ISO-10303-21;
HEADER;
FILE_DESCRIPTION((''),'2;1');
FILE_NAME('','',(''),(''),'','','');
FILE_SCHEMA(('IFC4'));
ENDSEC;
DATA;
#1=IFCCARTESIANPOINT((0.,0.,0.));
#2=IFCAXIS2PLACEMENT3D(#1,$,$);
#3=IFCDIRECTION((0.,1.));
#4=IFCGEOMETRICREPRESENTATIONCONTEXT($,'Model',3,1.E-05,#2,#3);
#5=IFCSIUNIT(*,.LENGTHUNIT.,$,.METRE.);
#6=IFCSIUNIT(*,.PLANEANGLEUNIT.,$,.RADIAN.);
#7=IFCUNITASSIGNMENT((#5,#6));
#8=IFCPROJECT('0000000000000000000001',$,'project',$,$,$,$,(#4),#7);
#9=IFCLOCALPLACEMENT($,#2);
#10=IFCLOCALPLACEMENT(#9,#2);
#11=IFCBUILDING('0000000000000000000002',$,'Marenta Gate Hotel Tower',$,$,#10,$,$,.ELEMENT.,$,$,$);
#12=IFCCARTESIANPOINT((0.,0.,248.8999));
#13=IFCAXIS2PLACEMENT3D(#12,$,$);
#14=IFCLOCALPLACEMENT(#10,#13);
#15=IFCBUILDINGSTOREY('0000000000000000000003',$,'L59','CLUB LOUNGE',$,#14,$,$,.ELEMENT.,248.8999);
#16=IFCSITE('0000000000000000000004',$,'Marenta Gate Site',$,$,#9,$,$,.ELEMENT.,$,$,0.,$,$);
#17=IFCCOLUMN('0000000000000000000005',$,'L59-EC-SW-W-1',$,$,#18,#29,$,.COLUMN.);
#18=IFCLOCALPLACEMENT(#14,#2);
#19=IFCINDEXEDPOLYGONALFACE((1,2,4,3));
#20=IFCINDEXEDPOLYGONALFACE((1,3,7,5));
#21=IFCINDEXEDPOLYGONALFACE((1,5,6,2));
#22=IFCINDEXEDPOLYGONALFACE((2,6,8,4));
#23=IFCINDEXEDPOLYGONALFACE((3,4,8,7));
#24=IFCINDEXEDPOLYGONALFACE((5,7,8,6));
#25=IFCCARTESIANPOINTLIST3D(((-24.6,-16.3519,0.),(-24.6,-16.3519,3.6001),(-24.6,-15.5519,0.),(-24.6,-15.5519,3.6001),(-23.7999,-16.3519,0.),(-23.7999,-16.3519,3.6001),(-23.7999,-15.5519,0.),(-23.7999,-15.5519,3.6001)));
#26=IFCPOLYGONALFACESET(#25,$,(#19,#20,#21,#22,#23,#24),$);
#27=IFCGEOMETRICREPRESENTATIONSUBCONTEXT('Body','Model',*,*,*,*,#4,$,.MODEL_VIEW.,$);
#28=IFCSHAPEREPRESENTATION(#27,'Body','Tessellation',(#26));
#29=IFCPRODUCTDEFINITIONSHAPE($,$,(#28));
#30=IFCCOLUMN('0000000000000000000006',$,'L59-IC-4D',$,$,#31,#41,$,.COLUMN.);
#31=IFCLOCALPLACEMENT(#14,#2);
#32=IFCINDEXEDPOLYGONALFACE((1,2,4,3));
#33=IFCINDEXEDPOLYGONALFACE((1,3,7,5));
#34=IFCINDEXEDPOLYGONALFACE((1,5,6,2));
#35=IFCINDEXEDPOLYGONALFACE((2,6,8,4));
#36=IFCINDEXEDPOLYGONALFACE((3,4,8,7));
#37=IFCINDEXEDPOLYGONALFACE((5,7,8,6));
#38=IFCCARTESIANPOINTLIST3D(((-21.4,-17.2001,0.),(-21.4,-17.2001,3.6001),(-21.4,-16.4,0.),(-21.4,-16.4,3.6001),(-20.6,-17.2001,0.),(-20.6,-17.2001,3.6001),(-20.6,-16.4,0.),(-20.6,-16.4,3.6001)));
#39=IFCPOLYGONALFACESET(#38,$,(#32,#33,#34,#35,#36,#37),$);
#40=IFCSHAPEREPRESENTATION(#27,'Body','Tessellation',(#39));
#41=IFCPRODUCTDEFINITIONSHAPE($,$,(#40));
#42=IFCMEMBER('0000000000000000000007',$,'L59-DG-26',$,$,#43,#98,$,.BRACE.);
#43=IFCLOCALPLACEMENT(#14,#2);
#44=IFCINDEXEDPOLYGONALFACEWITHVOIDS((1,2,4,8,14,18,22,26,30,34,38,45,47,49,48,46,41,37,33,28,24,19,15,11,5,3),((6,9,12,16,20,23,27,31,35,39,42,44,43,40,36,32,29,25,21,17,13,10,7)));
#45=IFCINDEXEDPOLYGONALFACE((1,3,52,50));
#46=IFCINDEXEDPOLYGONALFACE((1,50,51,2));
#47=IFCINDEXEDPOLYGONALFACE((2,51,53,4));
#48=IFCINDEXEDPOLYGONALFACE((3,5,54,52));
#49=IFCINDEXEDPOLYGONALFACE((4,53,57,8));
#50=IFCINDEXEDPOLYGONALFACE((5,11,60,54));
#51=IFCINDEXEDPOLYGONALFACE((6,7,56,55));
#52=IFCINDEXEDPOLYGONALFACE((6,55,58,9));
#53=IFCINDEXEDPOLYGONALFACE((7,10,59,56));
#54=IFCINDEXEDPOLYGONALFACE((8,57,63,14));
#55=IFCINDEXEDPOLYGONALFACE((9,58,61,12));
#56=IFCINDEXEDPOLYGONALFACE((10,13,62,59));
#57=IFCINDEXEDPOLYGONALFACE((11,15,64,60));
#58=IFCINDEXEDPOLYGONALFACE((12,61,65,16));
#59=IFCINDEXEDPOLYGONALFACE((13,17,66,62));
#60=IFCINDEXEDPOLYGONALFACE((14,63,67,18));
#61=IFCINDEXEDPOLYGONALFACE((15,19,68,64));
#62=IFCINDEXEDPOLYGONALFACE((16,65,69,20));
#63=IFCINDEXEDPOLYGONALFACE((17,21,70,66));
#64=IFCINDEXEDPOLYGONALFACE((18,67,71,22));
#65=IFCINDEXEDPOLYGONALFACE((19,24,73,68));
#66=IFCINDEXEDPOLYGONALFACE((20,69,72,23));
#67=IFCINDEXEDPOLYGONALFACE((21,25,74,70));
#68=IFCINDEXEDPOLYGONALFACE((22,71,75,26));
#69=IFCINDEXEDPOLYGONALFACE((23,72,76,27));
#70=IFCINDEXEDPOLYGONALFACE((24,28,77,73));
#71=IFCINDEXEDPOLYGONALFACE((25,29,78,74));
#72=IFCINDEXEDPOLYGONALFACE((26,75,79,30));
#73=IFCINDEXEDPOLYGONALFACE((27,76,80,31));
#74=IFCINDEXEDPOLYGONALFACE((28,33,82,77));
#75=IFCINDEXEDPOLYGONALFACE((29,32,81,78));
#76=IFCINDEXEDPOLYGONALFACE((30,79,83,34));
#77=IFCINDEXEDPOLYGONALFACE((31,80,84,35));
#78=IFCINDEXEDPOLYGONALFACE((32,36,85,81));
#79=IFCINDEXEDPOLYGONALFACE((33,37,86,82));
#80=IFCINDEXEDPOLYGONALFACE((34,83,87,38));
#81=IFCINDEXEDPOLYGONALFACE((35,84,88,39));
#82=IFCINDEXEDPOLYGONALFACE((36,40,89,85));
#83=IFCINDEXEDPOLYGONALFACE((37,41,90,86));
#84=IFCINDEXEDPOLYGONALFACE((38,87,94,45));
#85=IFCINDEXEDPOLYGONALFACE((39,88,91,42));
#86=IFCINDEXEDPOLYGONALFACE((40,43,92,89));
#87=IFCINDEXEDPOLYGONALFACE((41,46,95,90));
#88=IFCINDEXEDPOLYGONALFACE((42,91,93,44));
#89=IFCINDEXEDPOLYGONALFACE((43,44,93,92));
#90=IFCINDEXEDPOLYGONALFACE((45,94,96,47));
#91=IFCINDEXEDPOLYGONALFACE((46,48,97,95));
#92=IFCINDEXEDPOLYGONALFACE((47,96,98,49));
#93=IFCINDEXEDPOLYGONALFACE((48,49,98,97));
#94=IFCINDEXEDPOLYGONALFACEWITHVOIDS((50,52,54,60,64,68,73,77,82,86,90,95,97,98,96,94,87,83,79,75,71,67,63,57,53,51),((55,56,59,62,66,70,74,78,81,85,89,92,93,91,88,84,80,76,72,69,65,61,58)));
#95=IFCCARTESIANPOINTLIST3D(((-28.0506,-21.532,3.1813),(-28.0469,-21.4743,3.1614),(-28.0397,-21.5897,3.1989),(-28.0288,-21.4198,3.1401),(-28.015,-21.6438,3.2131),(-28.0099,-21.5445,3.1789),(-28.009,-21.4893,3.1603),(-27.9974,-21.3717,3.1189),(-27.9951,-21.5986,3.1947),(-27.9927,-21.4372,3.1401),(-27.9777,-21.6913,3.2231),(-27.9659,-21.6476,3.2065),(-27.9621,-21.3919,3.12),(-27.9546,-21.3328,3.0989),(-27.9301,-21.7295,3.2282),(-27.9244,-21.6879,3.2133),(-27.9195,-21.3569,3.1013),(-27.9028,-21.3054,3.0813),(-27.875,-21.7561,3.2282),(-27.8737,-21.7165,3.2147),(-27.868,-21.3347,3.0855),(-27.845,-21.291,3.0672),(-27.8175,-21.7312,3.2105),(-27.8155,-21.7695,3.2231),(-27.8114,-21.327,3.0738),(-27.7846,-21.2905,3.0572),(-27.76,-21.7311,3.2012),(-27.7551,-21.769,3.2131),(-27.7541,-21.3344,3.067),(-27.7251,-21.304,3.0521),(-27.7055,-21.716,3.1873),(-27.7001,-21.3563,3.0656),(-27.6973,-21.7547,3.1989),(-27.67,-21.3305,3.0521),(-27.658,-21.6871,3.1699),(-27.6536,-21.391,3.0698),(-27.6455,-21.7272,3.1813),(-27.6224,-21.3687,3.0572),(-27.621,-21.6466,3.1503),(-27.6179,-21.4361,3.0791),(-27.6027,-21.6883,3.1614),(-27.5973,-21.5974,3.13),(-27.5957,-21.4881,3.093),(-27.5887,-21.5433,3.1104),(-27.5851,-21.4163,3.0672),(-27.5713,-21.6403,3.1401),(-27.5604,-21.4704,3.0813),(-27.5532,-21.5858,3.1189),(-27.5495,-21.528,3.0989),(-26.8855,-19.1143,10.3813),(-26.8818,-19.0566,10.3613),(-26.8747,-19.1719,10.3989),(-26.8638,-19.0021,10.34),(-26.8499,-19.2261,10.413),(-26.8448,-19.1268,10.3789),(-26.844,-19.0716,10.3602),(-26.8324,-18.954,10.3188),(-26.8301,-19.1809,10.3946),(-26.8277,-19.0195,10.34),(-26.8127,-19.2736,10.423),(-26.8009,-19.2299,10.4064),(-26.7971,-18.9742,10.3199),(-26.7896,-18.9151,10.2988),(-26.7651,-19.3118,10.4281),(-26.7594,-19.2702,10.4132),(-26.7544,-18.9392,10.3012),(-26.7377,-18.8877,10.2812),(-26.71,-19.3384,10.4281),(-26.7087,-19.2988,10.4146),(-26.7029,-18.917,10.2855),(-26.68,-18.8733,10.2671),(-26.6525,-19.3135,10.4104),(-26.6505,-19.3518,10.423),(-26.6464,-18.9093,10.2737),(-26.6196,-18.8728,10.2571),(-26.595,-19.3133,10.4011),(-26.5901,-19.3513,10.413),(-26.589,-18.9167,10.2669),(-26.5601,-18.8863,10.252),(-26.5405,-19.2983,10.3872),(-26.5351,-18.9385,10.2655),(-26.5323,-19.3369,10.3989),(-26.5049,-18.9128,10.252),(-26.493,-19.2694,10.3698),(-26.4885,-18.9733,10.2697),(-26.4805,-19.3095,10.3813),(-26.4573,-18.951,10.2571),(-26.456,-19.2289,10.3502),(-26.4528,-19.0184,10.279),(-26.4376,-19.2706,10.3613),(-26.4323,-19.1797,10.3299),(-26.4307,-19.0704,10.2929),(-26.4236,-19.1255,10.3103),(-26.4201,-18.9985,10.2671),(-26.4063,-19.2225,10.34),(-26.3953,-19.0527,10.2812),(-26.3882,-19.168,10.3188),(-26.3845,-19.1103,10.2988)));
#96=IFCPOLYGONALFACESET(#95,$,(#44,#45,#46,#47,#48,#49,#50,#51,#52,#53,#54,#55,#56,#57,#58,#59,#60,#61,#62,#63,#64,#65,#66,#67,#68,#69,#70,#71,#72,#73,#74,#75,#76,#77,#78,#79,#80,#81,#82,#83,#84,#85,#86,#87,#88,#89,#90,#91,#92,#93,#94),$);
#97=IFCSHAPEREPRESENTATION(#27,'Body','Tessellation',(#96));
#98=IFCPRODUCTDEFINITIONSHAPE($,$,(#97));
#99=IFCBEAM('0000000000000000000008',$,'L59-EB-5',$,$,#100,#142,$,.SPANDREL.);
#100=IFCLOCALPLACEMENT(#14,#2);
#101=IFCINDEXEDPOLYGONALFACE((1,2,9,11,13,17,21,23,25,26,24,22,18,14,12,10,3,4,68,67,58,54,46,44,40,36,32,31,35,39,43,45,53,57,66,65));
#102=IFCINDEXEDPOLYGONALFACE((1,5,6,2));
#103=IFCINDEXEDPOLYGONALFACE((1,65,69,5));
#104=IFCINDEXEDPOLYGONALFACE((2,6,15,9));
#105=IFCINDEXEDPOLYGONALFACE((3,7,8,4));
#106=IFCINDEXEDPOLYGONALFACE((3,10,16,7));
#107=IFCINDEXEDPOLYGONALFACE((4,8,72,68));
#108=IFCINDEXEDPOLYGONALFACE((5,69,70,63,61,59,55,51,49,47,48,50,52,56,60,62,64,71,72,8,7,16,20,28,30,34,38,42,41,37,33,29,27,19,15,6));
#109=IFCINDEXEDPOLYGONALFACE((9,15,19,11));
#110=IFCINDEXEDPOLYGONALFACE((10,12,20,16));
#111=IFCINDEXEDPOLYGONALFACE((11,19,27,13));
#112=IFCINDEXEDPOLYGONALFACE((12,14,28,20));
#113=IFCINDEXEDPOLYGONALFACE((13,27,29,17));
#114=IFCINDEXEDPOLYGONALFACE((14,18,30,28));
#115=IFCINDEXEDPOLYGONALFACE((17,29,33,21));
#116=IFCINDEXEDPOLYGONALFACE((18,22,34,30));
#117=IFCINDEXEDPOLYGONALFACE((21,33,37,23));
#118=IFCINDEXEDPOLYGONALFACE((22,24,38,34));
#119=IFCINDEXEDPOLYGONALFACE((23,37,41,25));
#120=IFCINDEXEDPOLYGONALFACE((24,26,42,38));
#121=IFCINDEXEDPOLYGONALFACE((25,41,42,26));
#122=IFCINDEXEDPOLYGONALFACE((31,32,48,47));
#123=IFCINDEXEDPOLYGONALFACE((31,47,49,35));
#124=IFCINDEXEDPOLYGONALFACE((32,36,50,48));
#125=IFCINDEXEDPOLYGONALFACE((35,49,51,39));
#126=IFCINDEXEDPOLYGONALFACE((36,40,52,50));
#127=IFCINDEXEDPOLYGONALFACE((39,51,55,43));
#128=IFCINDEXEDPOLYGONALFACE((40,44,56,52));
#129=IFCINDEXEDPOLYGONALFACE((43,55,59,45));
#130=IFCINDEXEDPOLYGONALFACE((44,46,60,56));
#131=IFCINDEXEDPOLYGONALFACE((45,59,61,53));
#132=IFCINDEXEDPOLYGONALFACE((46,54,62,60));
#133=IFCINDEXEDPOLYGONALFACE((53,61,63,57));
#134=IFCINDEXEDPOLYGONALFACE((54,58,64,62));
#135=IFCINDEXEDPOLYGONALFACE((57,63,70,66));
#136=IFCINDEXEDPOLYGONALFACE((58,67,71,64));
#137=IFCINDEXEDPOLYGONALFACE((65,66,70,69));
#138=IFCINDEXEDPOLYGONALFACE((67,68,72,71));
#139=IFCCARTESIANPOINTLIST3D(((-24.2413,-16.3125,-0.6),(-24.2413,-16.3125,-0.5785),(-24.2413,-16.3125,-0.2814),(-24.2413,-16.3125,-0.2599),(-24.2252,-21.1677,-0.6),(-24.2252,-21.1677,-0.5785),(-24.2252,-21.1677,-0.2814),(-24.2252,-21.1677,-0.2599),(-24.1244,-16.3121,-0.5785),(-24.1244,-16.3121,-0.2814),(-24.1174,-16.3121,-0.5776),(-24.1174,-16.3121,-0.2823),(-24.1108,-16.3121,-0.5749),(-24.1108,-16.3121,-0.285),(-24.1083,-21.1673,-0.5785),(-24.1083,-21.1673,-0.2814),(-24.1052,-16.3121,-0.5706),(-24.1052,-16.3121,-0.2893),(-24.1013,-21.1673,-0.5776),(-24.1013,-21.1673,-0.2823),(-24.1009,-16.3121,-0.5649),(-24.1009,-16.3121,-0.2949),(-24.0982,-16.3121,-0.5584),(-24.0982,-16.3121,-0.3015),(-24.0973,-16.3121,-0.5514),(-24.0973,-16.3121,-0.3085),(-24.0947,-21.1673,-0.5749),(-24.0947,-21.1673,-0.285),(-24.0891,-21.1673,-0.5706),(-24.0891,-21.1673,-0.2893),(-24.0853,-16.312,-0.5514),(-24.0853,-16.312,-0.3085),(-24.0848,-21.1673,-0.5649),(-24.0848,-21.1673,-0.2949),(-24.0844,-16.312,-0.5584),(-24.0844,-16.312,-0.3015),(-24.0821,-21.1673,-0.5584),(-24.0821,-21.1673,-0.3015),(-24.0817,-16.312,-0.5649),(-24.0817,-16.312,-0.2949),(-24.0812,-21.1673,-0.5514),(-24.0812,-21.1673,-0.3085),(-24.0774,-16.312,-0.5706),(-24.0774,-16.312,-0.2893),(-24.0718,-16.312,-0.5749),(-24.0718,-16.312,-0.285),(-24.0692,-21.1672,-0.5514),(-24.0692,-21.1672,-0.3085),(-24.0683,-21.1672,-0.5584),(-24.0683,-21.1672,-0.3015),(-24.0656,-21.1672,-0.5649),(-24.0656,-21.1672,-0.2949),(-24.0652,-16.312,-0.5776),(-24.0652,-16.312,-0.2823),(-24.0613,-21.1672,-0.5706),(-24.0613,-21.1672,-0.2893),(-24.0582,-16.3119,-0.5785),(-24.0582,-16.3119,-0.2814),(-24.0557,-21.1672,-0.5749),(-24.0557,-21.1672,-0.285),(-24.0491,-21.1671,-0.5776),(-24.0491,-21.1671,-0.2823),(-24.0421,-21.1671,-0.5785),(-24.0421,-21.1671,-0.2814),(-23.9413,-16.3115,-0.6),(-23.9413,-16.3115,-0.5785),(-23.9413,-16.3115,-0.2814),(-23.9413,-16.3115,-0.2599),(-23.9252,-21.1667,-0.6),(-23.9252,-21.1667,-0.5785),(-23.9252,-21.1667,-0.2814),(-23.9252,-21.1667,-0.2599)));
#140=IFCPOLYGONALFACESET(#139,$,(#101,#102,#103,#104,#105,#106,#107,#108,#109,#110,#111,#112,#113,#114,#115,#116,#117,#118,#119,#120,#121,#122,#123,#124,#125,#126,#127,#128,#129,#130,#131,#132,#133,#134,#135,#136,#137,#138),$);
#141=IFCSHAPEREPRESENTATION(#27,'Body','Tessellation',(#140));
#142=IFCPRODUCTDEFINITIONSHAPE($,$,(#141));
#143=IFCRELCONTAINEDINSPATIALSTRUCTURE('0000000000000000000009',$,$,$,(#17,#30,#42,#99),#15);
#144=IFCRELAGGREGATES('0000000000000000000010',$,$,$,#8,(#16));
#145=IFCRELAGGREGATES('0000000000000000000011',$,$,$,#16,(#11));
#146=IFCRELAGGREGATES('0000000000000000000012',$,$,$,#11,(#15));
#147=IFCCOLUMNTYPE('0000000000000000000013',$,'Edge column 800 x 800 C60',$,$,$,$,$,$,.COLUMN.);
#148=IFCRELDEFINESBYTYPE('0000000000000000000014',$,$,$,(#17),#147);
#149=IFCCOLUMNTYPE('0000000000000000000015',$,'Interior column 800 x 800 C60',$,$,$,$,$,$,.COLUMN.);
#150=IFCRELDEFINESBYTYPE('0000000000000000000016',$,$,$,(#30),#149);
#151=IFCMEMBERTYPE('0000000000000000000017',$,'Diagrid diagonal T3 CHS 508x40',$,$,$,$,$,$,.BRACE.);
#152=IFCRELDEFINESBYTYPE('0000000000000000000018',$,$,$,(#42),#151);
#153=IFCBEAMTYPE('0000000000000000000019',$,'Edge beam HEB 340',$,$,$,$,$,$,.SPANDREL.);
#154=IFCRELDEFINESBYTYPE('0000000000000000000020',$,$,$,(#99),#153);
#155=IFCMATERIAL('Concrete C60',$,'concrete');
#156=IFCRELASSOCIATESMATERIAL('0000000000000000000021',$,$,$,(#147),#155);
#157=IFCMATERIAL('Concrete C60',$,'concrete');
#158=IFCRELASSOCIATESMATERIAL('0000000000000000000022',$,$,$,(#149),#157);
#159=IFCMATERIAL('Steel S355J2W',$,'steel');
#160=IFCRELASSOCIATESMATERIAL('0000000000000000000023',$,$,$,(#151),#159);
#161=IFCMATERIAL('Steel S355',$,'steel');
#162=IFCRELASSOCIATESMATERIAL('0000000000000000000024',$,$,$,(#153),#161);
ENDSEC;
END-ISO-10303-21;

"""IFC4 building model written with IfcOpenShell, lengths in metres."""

from ifc_helpers import new_model, si_unit, direction, frame, origin, origin_2d, place, context, subcontext, project, spatial, rectangle, hollow_circle, i_section, extrude, material, material_profile, profile_set, type_object, element, save


model = new_model("IFC4")

# Units and contexts
model_context = context("Model", 3, precision=1e-05, world=origin(), true_north=direction((0.0, 1.0)))
body_context = subcontext(model_context, "Body", "Model", "MODEL_VIEW")
ifc_project = project(units=[si_unit("LENGTHUNIT", "METRE"), si_unit("PLANEANGLEUNIT", "RADIAN")], contexts=[model_context])

# Site, building, storey
site_placement = place(None, origin())
site = spatial("IfcSite", under=ifc_project, at=site_placement, Name="Marenta Gate Site", CompositionType="ELEMENT", RefElevation=0.0)
building_placement = place(site_placement, origin())
building = spatial("IfcBuilding", under=site, at=building_placement, Name="Marenta Gate Hotel Tower", CompositionType="ELEMENT")
storey_placement = place(building_placement, frame((0.0, 0.0, 248.8999)))
storey = spatial("IfcBuildingStorey", under=building, at=storey_placement, Name="L59", Description="CLUB LOUNGE", CompositionType="ELEMENT", Elevation=248.8999)

# Columns
ifc_material_1 = material(Name="Concrete C60", Category="concrete")
ifc_material_profile_1 = material_profile(ifc_material_1, rectangle(XDim=0.8, YDim=0.8, at=origin_2d()), Name="800 x 800")
ifc_profile_set_1 = profile_set([ifc_material_profile_1], Name="Concrete C60")
column_type_1 = type_object("IfcColumnType", Name="Edge column 800 x 800 C60", PredefinedType="COLUMN", material=ifc_profile_set_1)
column_1_placement = place(storey_placement, frame((-24.2, -15.9519, 0.0), z_axis=(0.0, 0.0, 1.0), x_axis=(1.0, 0.0, 0.0)))
element("IfcColumn", 1, at=column_1_placement, inside=storey, type_object=column_type_1, Name="L59-EC-SW-W-1", PredefinedType="COLUMN", context=body_context, shape_type="SweptSolid", body=[
    extrude(rectangle(XDim=0.8, YDim=0.8, at=origin_2d()), origin(), (0.0, 0.0, 1.0), 3.6001),
])
ifc_material_2 = material(Name="Concrete C60", Category="concrete")
ifc_material_profile_2 = material_profile(ifc_material_2, rectangle(XDim=0.8, YDim=0.8, at=origin_2d()), Name="800 x 800")
ifc_profile_set_2 = profile_set([ifc_material_profile_2], Name="Concrete C60")
column_type_2 = type_object("IfcColumnType", Name="Interior column 800 x 800 C60", PredefinedType="COLUMN", material=ifc_profile_set_2)
column_2_placement = place(storey_placement, frame((-21.0, -16.8, 0.0), z_axis=(0.0, 0.0, 1.0), x_axis=(1.0, 0.0, 0.0)))
element("IfcColumn", 2, at=column_2_placement, inside=storey, type_object=column_type_2, Name="L59-IC-4D", PredefinedType="COLUMN", context=body_context, shape_type="SweptSolid", body=[
    extrude(rectangle(XDim=0.8, YDim=0.8, at=origin_2d()), origin(), (0.0, 0.0, 1.0), 3.6001),
])

# Member
ifc_material_3 = material(Name="Steel S355J2W", Category="steel")
ifc_material_profile_3 = material_profile(ifc_material_3, hollow_circle(Radius=0.2539, WallThickness=0.04, at=origin_2d()), Name="CHS 508x40")
ifc_profile_set_3 = profile_set([ifc_material_profile_3], Name="Steel S355J2W")
member_type_1 = type_object("IfcMemberType", Name="Diagrid diagonal T3 CHS 508x40", PredefinedType="BRACE", material=ifc_profile_set_3)
member_1_placement = place(storey_placement, frame((-27.8, -21.53, 3.1401), z_axis=(0.151621, 0.314649, 0.93702), x_axis=(-0.900863, 0.434103, 0.0)))
element("IfcMember", 3, at=member_1_placement, inside=storey, type_object=member_type_1, Name="L59-DG-26", PredefinedType="BRACE", context=body_context, shape_type="SweptSolid", body=[
    extrude(hollow_circle(Radius=0.2539, WallThickness=0.04, at=origin_2d()), origin(), (0.0, 0.0, 1.0), 7.6838),
])

# Beam
ifc_material_4 = material(Name="Steel S355", Category="steel")
ifc_material_profile_4 = material_profile(ifc_material_4, i_section(OverallWidth=0.3, OverallDepth=0.3401, WebThickness=0.012, FlangeThickness=0.0215, FilletRadius=0.0271, at=origin_2d()), Name="HEB 340")
ifc_profile_set_4 = profile_set([ifc_material_profile_4], Name="Steel S355")
beam_type_1 = type_object("IfcBeamType", Name="Edge beam HEB 340", PredefinedType="SPANDREL", material=ifc_profile_set_4)
beam_1_placement = place(storey_placement, frame((-24.0752, -21.1672, -0.4299), z_axis=(-0.003319, 0.999994, 0.0), x_axis=(-0.999994, -0.003319, 0.0)))
element("IfcBeam", 4, at=beam_1_placement, inside=storey, type_object=beam_type_1, Name="L59-EB-5", PredefinedType="SPANDREL", context=body_context, shape_type="SweptSolid", body=[
    extrude(i_section(OverallWidth=0.3, OverallDepth=0.3401, WebThickness=0.012, FlangeThickness=0.0215, FilletRadius=0.0271, at=origin_2d()), origin(), (0.0, 0.0, 1.0), 4.8552),
])

save(model, "model.ifc")
